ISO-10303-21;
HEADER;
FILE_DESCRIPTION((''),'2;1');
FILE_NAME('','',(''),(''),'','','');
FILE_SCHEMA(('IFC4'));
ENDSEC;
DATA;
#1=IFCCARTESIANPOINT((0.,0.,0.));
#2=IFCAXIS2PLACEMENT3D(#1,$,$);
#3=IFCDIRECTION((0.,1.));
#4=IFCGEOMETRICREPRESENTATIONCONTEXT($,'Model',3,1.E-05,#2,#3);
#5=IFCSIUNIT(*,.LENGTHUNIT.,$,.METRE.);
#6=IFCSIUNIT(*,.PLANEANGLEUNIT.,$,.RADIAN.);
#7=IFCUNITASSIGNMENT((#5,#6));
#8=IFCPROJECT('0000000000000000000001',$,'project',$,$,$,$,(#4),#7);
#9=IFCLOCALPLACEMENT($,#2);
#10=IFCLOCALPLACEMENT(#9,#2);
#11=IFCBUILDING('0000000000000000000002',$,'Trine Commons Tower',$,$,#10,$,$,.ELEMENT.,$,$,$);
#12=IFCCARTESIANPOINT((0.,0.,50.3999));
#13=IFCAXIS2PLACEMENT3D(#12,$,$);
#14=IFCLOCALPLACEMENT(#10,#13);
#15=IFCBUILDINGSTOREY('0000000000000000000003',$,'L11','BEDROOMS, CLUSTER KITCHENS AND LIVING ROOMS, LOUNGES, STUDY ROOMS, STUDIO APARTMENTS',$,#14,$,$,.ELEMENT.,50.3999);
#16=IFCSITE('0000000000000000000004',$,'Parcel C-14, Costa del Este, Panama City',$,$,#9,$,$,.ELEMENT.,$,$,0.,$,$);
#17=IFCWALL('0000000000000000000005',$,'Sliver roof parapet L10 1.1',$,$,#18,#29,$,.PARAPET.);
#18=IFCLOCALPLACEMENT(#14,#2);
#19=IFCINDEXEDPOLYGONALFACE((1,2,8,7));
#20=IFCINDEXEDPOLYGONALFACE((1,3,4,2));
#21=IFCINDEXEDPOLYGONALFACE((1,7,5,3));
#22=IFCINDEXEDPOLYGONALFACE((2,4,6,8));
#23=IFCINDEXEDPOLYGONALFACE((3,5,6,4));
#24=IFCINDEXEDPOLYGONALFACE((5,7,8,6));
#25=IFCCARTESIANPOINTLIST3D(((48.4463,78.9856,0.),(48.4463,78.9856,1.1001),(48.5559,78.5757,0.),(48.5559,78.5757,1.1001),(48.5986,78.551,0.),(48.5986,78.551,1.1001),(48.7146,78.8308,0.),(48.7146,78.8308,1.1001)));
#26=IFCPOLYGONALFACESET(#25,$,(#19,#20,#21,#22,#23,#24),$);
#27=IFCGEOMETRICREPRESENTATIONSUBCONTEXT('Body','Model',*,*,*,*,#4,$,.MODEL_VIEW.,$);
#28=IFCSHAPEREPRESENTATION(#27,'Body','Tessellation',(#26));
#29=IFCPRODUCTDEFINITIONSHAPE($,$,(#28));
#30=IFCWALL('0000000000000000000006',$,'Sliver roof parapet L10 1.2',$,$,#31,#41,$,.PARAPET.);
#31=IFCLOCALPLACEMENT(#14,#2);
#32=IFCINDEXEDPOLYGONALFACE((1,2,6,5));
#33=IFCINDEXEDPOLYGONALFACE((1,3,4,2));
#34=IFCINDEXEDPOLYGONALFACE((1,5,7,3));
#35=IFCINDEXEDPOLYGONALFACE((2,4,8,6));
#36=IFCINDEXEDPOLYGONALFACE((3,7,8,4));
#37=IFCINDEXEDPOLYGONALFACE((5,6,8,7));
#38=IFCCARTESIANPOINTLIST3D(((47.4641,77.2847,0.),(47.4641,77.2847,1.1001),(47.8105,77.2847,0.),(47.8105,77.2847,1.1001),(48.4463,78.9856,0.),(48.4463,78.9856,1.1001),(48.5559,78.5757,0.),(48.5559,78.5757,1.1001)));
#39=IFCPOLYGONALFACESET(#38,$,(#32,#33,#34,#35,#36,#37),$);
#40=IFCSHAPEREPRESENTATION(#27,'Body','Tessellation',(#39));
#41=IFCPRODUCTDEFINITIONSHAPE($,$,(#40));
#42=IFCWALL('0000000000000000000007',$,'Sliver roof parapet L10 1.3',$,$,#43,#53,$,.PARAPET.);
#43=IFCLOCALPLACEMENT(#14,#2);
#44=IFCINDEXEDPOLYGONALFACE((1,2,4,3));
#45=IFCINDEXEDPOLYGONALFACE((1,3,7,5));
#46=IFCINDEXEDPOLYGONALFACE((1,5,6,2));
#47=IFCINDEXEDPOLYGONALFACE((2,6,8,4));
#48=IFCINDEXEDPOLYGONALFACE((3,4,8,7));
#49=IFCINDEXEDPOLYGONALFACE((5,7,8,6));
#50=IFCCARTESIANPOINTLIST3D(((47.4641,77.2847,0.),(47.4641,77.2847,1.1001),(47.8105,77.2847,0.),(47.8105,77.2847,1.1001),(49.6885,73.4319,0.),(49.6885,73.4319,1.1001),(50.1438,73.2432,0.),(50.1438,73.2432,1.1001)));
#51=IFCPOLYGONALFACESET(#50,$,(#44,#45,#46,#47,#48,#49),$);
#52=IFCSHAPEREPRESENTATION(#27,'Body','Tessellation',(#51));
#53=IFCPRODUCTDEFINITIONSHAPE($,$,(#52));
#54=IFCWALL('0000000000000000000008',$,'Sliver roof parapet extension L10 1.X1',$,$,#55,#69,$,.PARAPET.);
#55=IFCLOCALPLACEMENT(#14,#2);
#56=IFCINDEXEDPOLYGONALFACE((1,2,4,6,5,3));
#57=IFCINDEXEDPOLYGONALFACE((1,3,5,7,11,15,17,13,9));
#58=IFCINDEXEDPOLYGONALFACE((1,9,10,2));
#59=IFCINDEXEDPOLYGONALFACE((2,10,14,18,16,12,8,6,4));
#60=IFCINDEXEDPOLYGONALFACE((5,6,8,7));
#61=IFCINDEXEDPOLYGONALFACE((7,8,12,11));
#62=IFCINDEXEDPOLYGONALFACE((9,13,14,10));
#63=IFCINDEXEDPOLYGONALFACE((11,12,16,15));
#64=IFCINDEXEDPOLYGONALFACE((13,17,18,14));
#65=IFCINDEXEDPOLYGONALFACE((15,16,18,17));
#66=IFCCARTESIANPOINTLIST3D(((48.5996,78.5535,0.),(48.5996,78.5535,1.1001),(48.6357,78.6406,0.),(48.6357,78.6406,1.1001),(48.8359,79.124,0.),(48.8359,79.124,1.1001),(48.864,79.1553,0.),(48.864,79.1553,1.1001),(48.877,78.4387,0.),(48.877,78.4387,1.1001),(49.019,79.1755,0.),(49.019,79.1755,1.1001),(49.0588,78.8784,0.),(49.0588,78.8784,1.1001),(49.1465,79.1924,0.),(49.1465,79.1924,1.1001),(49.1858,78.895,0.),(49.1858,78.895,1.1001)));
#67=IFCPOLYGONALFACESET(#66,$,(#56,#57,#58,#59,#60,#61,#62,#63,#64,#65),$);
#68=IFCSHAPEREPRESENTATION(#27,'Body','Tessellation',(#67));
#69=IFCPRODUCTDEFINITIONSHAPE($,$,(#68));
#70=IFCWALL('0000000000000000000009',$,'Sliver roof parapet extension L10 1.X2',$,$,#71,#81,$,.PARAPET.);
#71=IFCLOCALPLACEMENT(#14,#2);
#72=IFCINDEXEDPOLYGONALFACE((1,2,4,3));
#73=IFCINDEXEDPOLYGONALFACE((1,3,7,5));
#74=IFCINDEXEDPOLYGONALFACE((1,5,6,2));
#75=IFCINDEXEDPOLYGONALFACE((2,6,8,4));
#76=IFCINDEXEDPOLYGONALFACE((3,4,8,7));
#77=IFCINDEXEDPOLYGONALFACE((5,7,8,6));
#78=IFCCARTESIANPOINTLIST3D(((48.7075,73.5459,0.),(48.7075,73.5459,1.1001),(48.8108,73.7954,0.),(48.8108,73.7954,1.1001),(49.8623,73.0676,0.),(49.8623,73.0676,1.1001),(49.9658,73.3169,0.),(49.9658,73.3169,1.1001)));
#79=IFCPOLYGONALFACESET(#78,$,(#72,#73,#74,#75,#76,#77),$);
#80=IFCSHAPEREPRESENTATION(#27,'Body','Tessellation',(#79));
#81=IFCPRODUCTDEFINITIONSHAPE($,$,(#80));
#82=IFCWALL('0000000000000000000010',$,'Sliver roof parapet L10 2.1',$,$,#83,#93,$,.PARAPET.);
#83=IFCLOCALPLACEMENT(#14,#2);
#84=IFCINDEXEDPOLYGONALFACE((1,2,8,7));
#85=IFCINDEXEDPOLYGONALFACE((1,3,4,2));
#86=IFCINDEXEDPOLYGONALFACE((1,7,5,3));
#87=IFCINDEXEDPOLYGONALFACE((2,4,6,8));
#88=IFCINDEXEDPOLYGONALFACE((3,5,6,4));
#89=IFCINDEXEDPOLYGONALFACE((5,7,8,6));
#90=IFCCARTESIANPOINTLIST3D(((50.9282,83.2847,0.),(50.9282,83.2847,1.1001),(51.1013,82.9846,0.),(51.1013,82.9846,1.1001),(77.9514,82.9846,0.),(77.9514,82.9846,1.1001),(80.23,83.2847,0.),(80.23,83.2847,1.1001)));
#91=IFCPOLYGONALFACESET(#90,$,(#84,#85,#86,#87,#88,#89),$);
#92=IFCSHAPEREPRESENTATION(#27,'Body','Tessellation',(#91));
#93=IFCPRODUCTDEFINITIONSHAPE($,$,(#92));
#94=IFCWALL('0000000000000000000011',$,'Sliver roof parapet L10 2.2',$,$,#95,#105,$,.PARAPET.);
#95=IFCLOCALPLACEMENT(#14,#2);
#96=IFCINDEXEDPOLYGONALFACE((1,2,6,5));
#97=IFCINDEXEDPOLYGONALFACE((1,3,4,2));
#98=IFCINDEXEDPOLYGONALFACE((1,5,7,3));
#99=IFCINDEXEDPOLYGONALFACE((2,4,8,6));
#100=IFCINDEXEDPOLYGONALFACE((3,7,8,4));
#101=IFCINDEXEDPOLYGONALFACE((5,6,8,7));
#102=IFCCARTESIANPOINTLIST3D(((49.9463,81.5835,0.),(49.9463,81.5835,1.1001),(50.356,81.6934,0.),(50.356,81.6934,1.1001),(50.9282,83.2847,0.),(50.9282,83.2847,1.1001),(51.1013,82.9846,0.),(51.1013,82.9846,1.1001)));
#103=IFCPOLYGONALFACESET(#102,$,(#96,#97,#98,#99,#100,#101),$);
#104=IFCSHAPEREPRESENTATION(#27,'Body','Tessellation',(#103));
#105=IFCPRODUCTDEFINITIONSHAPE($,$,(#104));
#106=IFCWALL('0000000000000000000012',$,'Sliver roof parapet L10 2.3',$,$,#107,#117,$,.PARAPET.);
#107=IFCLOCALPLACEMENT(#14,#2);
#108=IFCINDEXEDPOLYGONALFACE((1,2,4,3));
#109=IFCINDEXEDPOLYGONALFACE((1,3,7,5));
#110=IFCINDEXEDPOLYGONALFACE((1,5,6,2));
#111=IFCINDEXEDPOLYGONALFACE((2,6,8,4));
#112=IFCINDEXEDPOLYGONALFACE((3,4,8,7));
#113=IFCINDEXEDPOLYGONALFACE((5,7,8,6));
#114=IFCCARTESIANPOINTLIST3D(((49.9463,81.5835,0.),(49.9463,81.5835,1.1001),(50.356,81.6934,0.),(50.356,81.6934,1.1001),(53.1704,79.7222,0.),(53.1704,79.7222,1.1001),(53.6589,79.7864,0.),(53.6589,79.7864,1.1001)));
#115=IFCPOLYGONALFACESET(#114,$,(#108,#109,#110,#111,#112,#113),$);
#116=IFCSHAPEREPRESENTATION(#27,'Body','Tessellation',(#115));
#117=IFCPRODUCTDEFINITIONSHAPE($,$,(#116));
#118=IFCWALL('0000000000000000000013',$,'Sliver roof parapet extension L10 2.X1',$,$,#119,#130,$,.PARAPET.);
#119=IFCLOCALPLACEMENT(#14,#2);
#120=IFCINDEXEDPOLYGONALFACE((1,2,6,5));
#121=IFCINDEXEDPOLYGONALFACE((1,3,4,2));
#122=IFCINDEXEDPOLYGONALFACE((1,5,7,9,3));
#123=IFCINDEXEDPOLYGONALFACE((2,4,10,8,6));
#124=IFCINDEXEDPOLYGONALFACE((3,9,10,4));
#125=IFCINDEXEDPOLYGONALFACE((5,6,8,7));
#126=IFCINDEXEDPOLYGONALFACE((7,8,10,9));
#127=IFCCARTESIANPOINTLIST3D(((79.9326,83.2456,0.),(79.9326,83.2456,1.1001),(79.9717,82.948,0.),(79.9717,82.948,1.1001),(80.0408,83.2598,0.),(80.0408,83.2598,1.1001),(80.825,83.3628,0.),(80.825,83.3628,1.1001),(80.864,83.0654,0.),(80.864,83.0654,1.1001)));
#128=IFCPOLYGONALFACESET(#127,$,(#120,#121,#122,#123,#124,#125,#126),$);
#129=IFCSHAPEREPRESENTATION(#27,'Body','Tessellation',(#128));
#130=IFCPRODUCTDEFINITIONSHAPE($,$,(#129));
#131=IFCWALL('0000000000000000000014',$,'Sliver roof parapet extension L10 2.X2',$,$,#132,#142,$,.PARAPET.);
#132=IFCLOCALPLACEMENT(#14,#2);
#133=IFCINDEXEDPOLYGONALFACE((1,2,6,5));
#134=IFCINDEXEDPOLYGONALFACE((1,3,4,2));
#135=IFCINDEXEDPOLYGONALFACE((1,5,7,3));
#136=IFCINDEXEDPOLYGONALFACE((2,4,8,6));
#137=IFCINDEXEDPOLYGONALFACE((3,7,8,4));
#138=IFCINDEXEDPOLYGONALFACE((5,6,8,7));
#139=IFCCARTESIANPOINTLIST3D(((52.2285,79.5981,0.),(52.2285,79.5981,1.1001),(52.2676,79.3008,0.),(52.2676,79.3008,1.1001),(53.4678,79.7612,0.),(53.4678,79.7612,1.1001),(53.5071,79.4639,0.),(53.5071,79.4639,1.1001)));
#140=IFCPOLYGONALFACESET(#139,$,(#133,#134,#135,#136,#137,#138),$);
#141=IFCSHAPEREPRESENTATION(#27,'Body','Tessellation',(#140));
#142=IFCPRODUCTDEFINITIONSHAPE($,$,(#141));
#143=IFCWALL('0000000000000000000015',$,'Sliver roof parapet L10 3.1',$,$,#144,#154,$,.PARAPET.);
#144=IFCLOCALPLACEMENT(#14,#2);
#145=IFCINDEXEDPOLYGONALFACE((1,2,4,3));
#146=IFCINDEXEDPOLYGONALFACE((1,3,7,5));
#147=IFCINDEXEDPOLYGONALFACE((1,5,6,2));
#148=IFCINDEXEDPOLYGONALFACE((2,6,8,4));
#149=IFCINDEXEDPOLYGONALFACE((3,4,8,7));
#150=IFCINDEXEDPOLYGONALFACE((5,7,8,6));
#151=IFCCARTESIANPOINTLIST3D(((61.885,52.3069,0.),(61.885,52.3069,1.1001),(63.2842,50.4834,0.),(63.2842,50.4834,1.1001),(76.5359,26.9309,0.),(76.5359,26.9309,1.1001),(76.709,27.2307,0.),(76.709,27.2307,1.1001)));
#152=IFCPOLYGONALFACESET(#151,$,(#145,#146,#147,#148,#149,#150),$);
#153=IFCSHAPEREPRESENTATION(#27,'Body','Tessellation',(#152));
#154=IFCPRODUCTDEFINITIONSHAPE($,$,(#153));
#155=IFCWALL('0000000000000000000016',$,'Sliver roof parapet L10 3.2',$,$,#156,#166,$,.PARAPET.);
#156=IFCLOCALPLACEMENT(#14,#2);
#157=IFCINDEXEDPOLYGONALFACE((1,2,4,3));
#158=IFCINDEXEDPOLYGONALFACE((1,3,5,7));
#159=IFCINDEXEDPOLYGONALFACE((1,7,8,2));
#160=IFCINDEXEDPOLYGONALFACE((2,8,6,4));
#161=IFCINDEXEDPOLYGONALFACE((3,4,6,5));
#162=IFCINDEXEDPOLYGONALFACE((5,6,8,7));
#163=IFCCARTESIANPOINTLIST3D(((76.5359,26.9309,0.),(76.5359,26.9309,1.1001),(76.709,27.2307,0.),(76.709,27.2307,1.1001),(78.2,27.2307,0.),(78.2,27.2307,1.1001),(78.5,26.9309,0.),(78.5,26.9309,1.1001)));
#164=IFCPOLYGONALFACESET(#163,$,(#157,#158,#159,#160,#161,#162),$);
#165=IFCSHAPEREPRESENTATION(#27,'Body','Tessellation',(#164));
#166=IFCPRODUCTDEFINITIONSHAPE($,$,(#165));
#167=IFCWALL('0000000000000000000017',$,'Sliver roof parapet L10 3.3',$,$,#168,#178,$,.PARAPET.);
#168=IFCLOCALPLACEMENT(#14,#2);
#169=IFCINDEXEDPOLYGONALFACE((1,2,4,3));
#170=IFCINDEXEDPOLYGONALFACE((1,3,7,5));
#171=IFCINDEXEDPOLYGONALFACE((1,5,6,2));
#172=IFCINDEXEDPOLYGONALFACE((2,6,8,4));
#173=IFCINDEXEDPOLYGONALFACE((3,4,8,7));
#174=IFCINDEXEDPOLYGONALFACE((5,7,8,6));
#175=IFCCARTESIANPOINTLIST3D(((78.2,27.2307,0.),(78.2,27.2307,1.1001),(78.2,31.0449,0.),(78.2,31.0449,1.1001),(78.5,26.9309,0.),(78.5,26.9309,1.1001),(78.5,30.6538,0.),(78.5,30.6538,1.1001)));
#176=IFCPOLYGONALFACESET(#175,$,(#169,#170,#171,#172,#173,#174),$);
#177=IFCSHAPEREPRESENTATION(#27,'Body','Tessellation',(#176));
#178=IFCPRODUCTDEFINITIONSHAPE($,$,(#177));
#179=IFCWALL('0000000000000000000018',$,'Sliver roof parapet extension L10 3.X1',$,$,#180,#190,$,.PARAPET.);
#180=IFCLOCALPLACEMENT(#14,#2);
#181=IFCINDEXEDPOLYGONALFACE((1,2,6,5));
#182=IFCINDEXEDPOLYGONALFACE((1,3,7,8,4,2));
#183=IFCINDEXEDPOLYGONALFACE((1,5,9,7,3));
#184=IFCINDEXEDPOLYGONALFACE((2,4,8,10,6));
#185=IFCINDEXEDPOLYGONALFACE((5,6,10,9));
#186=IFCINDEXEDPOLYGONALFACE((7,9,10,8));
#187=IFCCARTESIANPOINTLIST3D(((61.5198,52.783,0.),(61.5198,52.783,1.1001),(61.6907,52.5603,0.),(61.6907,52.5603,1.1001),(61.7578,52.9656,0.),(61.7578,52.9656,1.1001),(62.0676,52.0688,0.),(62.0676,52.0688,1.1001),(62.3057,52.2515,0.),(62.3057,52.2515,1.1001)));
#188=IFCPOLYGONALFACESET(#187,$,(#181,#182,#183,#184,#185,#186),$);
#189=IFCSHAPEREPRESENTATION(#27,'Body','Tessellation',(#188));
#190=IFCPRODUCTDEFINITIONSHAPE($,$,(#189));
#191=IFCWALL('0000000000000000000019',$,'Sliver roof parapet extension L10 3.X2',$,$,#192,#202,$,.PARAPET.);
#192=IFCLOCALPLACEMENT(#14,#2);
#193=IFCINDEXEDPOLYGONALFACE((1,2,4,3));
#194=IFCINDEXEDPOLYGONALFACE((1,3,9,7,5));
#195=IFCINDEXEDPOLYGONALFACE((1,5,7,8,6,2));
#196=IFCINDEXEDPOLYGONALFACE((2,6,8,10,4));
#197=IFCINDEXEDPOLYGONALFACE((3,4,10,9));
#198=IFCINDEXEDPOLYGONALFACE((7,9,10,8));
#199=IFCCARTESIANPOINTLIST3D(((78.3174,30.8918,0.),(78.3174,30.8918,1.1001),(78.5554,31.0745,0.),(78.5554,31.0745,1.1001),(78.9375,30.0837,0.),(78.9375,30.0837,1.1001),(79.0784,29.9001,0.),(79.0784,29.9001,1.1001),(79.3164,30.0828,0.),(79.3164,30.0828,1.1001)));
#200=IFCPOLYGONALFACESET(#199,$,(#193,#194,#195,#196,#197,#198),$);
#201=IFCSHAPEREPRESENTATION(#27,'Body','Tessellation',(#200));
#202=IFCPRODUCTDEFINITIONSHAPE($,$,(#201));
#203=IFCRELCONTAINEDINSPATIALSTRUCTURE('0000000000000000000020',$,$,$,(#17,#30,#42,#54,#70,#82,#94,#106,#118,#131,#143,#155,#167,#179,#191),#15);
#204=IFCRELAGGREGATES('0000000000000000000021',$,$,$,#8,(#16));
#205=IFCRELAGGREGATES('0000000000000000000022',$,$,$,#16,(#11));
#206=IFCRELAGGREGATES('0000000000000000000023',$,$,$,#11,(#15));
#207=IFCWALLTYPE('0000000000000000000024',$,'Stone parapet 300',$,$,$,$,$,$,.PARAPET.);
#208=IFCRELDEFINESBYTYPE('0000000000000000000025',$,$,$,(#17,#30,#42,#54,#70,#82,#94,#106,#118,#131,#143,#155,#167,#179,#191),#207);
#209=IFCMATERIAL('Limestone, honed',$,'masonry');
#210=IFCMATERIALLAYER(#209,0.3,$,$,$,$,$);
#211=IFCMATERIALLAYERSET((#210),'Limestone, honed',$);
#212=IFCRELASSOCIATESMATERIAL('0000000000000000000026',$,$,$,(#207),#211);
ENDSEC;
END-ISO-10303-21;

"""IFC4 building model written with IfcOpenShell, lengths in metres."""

from ifc_helpers import new_model, si_unit, direction, frame, origin, place, context, subcontext, project, spatial, polyline, outline, extrude, material, layer, layer_set, type_object, element, save


model = new_model("IFC4")

# Units and contexts
model_context = context("Model", 3, precision=1e-05, world=origin(), true_north=direction((0.0, 1.0)))
body_context = subcontext(model_context, "Body", "Model", "MODEL_VIEW")
ifc_project = project(units=[si_unit("LENGTHUNIT", "METRE"), si_unit("PLANEANGLEUNIT", "RADIAN")], contexts=[model_context])

# Site, building, storey
site_placement = place(None, origin())
site = spatial("IfcSite", under=ifc_project, at=site_placement, Name="Parcel C-14, Costa del Este, Panama City", CompositionType="ELEMENT", RefElevation=0.0)
building_placement = place(site_placement, origin())
building = spatial("IfcBuilding", under=site, at=building_placement, Name="Trine Commons Tower", CompositionType="ELEMENT")
storey_placement = place(building_placement, frame((0.0, 0.0, 50.3999)))
storey = spatial("IfcBuildingStorey", under=building, at=storey_placement, Name="L11", Description="BEDROOMS, CLUSTER KITCHENS AND LIVING ROOMS, LOUNGES, STUDY ROOMS, STUDIO APARTMENTS", CompositionType="ELEMENT", Elevation=50.3999)

# Walls
ifc_material_1 = material(Name="Limestone, honed", Category="masonry")
ifc_layer_1 = layer(ifc_material_1, 0.3)
ifc_layer_set_1 = layer_set([ifc_layer_1], Name="Limestone, honed")
wall_type = type_object("IfcWallType", Name="Stone parapet 300", PredefinedType="PARAPET", material=ifc_layer_set_1)
wall_1_placement = place(storey_placement, origin())
element("IfcWall", 1, at=wall_1_placement, inside=storey, type_object=wall_type, Name="Sliver roof parapet L10 1.1", PredefinedType="PARAPET", context=body_context, shape_type="SweptSolid", body=[
    extrude(outline(polyline([(48.7146, 78.8308), (48.4463, 78.9856), (48.5559, 78.5757), (48.5986, 78.551), (48.7146, 78.8308)])), origin(), (0.0, 0.0, 1.0), 1.1001),
])
wall_2_placement = place(storey_placement, origin())
element("IfcWall", 2, at=wall_2_placement, inside=storey, type_object=wall_type, Name="Sliver roof parapet L10 1.2", PredefinedType="PARAPET", context=body_context, shape_type="SweptSolid", body=[
    extrude(outline(polyline([(48.4463, 78.9856), (47.4641, 77.2847), (47.8105, 77.2847), (48.5559, 78.5757), (48.4463, 78.9856)])), origin(), (0.0, 0.0, 1.0), 1.1001),
])
wall_3_placement = place(storey_placement, origin())
element("IfcWall", 3, at=wall_3_placement, inside=storey, type_object=wall_type, Name="Sliver roof parapet L10 1.3", PredefinedType="PARAPET", context=body_context, shape_type="SweptSolid", body=[
    extrude(outline(polyline([(47.4641, 77.2847), (49.6885, 73.4319), (50.1438, 73.2432), (47.8105, 77.2847), (47.4641, 77.2847)])), origin(), (0.0, 0.0, 1.0), 1.1001),
])
wall_4_placement = place(storey_placement, origin())
element("IfcWall", 4, at=wall_4_placement, inside=storey, type_object=wall_type, Name="Sliver roof parapet extension L10 1.X1", PredefinedType="PARAPET", context=body_context, shape_type="SweptSolid", body=[
    extrude(outline(polyline([(48.6357, 78.6406), (48.5996, 78.5535), (48.877, 78.4387), (49.0588, 78.8784), (49.1858, 78.895), (49.1465, 79.1924), (49.019, 79.1755), (48.864, 79.1553), (48.8359, 79.124), (48.6357, 78.6406)])), origin(), (0.0, 0.0, 1.0), 1.1001),
])
wall_5_placement = place(storey_placement, origin())
element("IfcWall", 5, at=wall_5_placement, inside=storey, type_object=wall_type, Name="Sliver roof parapet extension L10 1.X2", PredefinedType="PARAPET", context=body_context, shape_type="SweptSolid", body=[
    extrude(outline(polyline([(49.8623, 73.0676), (49.9658, 73.3169), (48.8108, 73.7954), (48.7075, 73.5459), (49.8623, 73.0676)])), origin(), (0.0, 0.0, 1.0), 1.1001),
])
wall_6_placement = place(storey_placement, origin())
element("IfcWall", 6, at=wall_6_placement, inside=storey, type_object=wall_type, Name="Sliver roof parapet L10 2.1", PredefinedType="PARAPET", context=body_context, shape_type="SweptSolid", body=[
    extrude(outline(polyline([(80.23, 83.2847), (50.9282, 83.2847), (51.1013, 82.9846), (77.9514, 82.9846), (80.23, 83.2847)])), origin(), (0.0, 0.0, 1.0), 1.1001),
])
wall_7_placement = place(storey_placement, origin())
element("IfcWall", 7, at=wall_7_placement, inside=storey, type_object=wall_type, Name="Sliver roof parapet L10 2.2", PredefinedType="PARAPET", context=body_context, shape_type="SweptSolid", body=[
    extrude(outline(polyline([(50.9282, 83.2847), (49.9463, 81.5835), (50.356, 81.6934), (51.1013, 82.9846), (50.9282, 83.2847)])), origin(), (0.0, 0.0, 1.0), 1.1001),
])
wall_8_placement = place(storey_placement, origin())
element("IfcWall", 8, at=wall_8_placement, inside=storey, type_object=wall_type, Name="Sliver roof parapet L10 2.3", PredefinedType="PARAPET", context=body_context, shape_type="SweptSolid", body=[
    extrude(outline(polyline([(49.9463, 81.5835), (53.1704, 79.7222), (53.6589, 79.7864), (50.356, 81.6934), (49.9463, 81.5835)])), origin(), (0.0, 0.0, 1.0), 1.1001),
])
wall_9_placement = place(storey_placement, origin())
element("IfcWall", 9, at=wall_9_placement, inside=storey, type_object=wall_type, Name="Sliver roof parapet extension L10 2.X1", PredefinedType="PARAPET", context=body_context, shape_type="SweptSolid", body=[
    extrude(outline(polyline([(79.9326, 83.2456), (79.9717, 82.948), (80.864, 83.0654), (80.825, 83.3628), (80.0408, 83.2598), (79.9326, 83.2456)])), origin(), (0.0, 0.0, 1.0), 1.1001),
])
wall_10_placement = place(storey_placement, origin())
element("IfcWall", 10, at=wall_10_placement, inside=storey, type_object=wall_type, Name="Sliver roof parapet extension L10 2.X2", PredefinedType="PARAPET", context=body_context, shape_type="SweptSolid", body=[
    extrude(outline(polyline([(53.5071, 79.4639), (53.4678, 79.7612), (52.2285, 79.5981), (52.2676, 79.3008), (53.5071, 79.4639)])), origin(), (0.0, 0.0, 1.0), 1.1001),
])
wall_11_placement = place(storey_placement, origin())
element("IfcWall", 11, at=wall_11_placement, inside=storey, type_object=wall_type, Name="Sliver roof parapet L10 3.1", PredefinedType="PARAPET", context=body_context, shape_type="SweptSolid", body=[
    extrude(outline(polyline([(61.885, 52.3069), (76.5359, 26.9309), (76.709, 27.2307), (63.2842, 50.4834), (61.885, 52.3069)])), origin(), (0.0, 0.0, 1.0), 1.1001),
])
wall_12_placement = place(storey_placement, origin())
element("IfcWall", 12, at=wall_12_placement, inside=storey, type_object=wall_type, Name="Sliver roof parapet L10 3.2", PredefinedType="PARAPET", context=body_context, shape_type="SweptSolid", body=[
    extrude(outline(polyline([(76.5359, 26.9309), (78.5, 26.9309), (78.2, 27.2307), (76.709, 27.2307), (76.5359, 26.9309)])), origin(), (0.0, 0.0, 1.0), 1.1001),
])
wall_13_placement = place(storey_placement, origin())
element("IfcWall", 13, at=wall_13_placement, inside=storey, type_object=wall_type, Name="Sliver roof parapet L10 3.3", PredefinedType="PARAPET", context=body_context, shape_type="SweptSolid", body=[
    extrude(outline(polyline([(78.5, 26.9309), (78.5, 30.6538), (78.2, 31.0449), (78.2, 27.2307), (78.5, 26.9309)])), origin(), (0.0, 0.0, 1.0), 1.1001),
])
wall_14_placement = place(storey_placement, origin())
element("IfcWall", 14, at=wall_14_placement, inside=storey, type_object=wall_type, Name="Sliver roof parapet extension L10 3.X1", PredefinedType="PARAPET", context=body_context, shape_type="SweptSolid", body=[
    extrude(outline(polyline([(62.0676, 52.0688), (62.3057, 52.2515), (61.7578, 52.9656), (61.5198, 52.783), (61.6907, 52.5603), (62.0676, 52.0688)])), origin(), (0.0, 0.0, 1.0), 1.1001),
])
wall_15_placement = place(storey_placement, origin())
element("IfcWall", 15, at=wall_15_placement, inside=storey, type_object=wall_type, Name="Sliver roof parapet extension L10 3.X2", PredefinedType="PARAPET", context=body_context, shape_type="SweptSolid", body=[
    extrude(outline(polyline([(79.0784, 29.9001), (79.3164, 30.0828), (78.5554, 31.0745), (78.3174, 30.8918), (78.9375, 30.0837), (79.0784, 29.9001)])), origin(), (0.0, 0.0, 1.0), 1.1001),
])

save(model, "model.ifc")
